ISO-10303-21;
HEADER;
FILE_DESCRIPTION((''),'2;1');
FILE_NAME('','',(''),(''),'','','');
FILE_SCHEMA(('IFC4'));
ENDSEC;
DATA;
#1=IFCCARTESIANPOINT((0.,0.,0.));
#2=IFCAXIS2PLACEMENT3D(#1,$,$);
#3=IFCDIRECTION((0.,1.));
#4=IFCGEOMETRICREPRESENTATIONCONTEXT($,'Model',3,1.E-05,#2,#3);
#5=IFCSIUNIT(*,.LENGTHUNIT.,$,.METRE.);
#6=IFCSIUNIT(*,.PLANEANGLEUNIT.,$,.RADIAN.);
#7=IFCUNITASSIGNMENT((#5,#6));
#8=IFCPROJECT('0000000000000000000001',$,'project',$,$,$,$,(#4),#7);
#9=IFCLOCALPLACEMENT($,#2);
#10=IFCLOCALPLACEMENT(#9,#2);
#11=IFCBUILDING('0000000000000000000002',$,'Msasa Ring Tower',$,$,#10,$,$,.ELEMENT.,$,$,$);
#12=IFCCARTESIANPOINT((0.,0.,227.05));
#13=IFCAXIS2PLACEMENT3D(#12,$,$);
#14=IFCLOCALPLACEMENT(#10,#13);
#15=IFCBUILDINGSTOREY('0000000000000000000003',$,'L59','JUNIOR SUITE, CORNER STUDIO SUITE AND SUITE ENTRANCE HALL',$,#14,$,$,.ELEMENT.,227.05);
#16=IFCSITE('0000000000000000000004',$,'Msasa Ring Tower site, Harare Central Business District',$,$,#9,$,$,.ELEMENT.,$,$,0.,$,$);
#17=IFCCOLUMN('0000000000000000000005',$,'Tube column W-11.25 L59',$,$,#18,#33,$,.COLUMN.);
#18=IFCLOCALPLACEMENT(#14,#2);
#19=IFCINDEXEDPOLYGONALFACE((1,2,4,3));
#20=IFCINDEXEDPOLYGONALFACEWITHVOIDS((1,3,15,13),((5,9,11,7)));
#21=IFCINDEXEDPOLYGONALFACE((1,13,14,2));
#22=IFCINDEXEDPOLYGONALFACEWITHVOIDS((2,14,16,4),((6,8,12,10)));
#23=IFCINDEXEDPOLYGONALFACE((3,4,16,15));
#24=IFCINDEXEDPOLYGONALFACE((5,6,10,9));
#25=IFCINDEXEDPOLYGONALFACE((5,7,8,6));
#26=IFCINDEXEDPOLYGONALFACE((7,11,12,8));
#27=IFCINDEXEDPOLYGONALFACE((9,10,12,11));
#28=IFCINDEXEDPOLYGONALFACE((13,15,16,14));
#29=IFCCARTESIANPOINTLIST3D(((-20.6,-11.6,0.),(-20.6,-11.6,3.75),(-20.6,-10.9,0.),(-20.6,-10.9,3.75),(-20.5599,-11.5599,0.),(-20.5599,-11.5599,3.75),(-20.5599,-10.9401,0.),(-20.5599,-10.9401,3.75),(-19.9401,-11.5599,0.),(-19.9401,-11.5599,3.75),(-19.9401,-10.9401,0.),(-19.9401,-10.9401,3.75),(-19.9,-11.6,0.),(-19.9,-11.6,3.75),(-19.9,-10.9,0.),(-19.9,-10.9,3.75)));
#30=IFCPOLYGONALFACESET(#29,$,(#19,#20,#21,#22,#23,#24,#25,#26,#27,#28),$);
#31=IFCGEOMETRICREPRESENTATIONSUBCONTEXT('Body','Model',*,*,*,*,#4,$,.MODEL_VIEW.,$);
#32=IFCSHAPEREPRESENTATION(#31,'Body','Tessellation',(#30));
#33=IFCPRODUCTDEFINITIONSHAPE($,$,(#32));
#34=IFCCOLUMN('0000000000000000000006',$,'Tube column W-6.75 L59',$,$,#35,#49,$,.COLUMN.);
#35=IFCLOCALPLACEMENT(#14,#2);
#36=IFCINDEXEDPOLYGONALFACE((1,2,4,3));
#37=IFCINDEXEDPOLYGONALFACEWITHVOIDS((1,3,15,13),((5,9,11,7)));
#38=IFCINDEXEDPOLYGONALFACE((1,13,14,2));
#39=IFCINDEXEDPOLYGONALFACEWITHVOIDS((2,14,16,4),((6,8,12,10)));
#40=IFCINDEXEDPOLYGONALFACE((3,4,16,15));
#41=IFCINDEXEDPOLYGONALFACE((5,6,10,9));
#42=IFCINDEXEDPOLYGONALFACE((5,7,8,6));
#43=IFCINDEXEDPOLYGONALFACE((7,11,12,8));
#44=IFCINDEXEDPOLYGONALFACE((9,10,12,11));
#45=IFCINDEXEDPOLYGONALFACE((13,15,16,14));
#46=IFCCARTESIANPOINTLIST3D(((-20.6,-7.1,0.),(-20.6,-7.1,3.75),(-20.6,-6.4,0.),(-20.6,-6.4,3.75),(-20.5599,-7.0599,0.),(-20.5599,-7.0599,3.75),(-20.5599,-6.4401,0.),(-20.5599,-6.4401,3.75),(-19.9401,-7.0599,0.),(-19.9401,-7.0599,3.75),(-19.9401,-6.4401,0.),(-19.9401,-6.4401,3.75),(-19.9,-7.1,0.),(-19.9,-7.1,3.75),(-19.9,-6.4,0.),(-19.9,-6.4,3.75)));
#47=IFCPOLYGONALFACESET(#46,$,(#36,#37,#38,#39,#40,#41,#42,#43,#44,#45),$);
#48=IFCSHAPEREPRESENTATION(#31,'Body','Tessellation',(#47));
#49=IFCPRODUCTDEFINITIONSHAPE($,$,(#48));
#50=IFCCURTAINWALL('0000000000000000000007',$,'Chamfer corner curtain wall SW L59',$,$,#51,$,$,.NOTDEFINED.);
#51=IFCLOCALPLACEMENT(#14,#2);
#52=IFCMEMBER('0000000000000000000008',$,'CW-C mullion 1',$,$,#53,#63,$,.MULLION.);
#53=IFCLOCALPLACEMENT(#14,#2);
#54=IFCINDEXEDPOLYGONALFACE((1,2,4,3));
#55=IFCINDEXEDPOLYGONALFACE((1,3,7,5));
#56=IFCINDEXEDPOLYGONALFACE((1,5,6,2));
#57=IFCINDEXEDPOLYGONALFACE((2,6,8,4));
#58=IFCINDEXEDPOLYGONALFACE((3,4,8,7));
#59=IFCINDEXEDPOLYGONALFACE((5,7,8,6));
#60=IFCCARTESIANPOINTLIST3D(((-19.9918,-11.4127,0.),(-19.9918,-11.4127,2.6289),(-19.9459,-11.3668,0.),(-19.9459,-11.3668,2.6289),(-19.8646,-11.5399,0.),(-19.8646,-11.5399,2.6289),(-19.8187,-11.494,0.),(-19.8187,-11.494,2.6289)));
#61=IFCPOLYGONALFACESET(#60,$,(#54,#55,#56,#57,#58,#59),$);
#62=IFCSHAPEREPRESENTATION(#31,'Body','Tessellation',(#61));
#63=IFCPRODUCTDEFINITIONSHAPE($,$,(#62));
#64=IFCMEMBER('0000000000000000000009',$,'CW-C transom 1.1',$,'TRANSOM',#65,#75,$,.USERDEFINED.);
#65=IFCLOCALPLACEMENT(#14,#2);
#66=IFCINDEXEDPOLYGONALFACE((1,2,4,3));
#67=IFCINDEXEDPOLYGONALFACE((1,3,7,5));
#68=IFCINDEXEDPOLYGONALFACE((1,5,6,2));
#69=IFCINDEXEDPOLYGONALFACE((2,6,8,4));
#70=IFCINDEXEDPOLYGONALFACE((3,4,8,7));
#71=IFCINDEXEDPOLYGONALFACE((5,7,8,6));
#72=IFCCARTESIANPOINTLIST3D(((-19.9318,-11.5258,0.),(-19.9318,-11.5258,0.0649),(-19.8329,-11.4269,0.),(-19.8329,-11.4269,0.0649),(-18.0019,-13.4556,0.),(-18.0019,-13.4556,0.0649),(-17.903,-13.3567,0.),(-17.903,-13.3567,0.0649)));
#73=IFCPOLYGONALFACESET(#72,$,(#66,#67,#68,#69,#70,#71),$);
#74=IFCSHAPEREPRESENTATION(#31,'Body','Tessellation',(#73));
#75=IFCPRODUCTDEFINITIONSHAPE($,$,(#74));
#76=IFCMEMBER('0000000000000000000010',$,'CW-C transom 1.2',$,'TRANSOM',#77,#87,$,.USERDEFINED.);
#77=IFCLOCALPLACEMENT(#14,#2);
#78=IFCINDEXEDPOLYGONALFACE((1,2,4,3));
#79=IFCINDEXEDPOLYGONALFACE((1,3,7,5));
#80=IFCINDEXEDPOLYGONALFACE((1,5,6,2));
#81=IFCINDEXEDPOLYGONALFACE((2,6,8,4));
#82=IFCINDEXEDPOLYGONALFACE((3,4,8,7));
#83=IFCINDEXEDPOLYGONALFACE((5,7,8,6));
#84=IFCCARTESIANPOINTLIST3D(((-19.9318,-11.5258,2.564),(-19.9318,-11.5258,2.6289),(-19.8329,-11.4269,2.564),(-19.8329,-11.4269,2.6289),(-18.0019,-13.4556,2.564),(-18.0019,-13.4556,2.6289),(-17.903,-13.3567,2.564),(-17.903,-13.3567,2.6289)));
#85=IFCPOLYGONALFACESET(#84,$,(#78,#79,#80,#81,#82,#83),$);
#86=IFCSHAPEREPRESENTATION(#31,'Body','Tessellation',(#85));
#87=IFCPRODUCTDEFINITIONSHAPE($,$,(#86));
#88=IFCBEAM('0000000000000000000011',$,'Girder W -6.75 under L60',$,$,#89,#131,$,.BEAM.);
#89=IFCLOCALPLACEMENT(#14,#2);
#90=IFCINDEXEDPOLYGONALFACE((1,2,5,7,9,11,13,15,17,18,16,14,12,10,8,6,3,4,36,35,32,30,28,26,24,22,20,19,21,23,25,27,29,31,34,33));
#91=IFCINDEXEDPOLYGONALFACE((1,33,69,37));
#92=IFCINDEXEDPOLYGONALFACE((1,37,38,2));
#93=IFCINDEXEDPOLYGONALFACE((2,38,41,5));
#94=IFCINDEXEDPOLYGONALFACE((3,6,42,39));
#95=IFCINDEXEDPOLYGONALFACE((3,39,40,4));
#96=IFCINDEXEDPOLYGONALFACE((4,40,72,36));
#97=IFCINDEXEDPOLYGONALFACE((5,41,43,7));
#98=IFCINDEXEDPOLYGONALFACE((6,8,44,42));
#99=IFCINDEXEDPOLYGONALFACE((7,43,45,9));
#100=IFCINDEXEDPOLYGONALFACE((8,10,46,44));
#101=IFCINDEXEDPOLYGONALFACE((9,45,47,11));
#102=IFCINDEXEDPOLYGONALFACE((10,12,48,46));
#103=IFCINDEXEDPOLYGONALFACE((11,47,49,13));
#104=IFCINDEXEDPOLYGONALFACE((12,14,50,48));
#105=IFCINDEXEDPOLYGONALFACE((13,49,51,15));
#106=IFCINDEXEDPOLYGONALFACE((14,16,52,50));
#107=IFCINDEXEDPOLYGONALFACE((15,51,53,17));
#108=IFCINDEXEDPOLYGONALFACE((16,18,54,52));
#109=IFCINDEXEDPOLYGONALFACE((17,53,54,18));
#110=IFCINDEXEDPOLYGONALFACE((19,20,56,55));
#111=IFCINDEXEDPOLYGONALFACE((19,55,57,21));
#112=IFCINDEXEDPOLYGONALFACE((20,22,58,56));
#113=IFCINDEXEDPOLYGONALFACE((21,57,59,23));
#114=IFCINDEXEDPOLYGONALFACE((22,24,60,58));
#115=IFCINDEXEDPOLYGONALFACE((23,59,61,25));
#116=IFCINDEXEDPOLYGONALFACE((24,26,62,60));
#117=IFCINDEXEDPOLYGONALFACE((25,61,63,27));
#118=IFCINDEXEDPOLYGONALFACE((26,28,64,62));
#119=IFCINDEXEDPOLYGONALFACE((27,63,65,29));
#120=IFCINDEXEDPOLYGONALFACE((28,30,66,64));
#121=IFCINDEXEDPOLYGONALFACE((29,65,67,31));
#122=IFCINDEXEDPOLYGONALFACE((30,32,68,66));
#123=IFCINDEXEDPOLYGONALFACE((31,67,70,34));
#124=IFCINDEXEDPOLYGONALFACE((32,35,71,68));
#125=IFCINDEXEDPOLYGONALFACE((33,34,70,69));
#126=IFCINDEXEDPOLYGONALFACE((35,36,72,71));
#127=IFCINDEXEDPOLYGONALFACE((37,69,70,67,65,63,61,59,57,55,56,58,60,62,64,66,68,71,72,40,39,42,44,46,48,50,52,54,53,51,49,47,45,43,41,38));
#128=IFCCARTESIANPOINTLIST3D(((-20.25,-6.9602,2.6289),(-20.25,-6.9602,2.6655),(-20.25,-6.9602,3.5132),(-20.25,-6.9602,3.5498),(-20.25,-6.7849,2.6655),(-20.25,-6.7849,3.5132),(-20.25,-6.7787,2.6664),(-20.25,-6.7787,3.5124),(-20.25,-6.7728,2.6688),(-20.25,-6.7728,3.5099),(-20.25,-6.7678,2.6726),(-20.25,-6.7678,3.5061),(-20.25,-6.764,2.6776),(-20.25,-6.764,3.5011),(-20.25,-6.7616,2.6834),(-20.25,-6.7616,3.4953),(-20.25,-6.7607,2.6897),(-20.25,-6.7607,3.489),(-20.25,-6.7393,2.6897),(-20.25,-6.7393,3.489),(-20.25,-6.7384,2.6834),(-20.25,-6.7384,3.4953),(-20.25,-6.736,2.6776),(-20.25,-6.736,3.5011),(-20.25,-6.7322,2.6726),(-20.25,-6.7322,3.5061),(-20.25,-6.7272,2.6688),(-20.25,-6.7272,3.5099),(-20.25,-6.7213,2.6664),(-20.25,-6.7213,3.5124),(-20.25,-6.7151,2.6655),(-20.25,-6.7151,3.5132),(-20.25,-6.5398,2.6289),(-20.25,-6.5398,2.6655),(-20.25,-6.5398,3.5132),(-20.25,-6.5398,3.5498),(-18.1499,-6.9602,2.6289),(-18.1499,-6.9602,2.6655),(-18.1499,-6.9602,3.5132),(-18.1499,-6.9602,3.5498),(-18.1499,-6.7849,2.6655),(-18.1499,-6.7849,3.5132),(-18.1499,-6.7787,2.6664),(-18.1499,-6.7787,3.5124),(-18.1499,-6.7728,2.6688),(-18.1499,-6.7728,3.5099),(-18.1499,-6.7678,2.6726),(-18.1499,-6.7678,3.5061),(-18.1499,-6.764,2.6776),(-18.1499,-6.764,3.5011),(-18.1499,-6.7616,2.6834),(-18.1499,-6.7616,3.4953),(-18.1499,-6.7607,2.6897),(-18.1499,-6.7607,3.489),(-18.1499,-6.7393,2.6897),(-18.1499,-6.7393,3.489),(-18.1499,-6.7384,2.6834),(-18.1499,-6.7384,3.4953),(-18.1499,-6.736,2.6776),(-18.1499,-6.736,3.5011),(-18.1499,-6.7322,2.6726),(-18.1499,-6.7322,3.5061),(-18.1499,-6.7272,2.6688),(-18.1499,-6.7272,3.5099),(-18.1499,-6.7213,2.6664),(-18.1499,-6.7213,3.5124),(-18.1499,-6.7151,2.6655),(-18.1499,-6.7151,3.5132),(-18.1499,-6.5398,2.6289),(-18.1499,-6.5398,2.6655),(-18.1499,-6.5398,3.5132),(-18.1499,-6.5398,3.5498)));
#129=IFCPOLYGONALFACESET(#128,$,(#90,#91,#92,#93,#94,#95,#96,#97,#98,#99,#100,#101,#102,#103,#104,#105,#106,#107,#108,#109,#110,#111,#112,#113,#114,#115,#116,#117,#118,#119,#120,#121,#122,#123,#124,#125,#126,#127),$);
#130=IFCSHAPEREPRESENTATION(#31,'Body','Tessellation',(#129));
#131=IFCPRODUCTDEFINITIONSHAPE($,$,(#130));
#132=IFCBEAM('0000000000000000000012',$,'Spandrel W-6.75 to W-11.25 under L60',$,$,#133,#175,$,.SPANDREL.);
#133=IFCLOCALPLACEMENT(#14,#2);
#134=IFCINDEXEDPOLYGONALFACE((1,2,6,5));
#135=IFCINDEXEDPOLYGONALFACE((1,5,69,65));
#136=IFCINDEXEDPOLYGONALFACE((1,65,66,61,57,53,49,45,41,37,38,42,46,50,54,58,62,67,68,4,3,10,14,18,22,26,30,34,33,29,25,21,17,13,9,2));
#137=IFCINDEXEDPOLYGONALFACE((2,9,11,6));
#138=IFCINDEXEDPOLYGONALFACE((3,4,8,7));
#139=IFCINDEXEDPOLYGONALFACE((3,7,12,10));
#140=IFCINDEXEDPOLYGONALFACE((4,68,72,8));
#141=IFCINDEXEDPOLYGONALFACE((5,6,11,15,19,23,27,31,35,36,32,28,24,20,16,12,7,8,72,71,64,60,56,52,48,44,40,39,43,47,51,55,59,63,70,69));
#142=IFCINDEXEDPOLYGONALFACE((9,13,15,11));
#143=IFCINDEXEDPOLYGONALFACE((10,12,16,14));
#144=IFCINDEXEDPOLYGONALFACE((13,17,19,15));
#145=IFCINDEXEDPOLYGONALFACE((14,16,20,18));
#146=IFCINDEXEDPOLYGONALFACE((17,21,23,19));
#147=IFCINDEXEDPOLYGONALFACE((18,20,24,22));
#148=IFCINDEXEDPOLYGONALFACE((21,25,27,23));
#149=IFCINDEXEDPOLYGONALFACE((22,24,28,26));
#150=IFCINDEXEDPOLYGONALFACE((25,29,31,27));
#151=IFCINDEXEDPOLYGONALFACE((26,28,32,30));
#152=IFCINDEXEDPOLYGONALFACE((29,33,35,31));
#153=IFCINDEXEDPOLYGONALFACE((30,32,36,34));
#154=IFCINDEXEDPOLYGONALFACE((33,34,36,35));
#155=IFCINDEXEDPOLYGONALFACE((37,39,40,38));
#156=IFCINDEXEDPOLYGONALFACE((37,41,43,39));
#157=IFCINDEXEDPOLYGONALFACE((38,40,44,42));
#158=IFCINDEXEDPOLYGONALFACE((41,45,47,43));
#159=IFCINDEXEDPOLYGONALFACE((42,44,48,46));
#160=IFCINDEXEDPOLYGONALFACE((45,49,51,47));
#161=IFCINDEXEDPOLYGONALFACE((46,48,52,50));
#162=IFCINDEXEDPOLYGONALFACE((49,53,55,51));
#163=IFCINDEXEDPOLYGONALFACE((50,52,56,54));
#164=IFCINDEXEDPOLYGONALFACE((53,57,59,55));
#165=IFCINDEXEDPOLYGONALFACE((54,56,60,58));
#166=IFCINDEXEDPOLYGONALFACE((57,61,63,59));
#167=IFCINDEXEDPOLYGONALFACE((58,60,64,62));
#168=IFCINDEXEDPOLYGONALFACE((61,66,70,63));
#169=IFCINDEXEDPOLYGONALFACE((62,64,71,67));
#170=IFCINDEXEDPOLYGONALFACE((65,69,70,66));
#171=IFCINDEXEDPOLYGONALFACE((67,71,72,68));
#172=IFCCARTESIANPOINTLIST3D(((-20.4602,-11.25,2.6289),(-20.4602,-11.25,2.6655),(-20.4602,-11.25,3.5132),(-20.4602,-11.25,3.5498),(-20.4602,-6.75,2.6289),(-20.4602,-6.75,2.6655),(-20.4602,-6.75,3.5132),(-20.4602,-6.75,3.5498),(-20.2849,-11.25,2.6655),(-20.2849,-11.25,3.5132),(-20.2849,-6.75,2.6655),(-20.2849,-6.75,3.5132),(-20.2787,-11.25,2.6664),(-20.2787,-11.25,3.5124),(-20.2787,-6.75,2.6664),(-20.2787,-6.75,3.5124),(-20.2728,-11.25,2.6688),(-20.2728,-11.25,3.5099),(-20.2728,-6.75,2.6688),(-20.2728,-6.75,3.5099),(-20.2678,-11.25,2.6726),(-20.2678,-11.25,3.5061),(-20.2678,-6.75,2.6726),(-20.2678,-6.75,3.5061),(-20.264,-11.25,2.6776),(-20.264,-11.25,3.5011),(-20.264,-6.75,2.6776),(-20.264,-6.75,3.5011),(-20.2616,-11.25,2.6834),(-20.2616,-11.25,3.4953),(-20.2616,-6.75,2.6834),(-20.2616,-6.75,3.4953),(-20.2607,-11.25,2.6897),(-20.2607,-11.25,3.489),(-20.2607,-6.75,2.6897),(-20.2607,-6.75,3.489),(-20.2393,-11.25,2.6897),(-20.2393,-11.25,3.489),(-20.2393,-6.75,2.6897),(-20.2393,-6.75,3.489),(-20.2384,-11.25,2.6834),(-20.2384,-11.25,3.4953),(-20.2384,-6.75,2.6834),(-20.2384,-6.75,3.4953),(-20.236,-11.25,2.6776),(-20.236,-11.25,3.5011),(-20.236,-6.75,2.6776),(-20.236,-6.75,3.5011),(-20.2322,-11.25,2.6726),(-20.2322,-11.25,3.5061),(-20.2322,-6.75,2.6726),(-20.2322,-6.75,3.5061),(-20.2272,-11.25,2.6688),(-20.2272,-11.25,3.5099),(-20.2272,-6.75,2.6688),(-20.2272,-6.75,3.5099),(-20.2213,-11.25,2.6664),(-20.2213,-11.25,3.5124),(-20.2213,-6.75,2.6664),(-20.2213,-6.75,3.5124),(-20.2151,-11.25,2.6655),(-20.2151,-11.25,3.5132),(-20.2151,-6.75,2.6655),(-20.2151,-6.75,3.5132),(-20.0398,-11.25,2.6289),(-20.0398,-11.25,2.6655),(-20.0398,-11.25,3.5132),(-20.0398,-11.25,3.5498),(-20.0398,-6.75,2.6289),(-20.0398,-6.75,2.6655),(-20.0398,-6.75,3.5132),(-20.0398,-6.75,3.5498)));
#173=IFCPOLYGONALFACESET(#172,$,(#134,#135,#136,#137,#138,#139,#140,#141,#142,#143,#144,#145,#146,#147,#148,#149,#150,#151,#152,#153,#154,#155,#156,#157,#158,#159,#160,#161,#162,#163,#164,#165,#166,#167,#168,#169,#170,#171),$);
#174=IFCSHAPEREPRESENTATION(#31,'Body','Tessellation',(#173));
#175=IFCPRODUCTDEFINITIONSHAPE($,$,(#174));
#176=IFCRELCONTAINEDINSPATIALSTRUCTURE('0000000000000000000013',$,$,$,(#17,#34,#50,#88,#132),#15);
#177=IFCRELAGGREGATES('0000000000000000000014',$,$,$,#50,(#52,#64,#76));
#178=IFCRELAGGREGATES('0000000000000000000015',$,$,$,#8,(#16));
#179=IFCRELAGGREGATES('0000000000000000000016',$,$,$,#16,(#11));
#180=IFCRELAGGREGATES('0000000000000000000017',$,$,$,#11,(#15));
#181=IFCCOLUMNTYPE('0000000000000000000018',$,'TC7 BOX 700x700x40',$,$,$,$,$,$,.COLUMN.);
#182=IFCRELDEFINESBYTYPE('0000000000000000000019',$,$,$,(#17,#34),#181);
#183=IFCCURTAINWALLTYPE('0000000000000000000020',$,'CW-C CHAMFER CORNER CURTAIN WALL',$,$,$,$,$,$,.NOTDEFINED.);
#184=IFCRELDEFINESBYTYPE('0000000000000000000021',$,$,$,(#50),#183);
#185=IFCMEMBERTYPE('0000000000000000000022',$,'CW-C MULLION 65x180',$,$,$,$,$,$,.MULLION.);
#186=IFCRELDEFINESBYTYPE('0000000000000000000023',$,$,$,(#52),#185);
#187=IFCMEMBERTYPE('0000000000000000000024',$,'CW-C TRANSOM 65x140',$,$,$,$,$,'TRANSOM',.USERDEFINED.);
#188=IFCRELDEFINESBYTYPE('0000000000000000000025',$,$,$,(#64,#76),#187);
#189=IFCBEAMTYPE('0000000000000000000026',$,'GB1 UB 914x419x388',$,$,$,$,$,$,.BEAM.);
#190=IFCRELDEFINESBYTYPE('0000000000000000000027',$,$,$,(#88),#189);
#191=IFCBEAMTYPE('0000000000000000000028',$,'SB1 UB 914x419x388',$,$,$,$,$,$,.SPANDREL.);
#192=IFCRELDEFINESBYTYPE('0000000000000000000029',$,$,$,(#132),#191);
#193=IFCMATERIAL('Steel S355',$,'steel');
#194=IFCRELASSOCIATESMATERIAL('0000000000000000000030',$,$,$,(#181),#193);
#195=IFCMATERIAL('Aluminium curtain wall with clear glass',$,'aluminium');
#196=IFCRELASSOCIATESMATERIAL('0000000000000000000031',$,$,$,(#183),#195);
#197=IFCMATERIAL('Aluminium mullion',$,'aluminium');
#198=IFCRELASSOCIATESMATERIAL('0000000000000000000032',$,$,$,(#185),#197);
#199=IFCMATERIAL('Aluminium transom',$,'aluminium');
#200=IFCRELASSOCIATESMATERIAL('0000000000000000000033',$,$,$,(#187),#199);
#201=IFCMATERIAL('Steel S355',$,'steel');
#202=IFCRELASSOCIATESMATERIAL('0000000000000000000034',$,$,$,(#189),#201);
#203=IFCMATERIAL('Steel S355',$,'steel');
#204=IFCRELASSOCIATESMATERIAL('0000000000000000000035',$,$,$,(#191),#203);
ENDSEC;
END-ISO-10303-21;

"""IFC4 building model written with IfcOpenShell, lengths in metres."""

from ifc_helpers import new_model, si_unit, direction, frame, origin, origin_2d, place, context, subcontext, project, spatial, rectangle, hollow_rectangle, i_section, extrude, material, material_profile, profile_set, type_object, element, aggregate, save


model = new_model("IFC4")

# Units and contexts
model_context = context("Model", 3, precision=1e-05, world=origin(), true_north=direction((0.0, 1.0)))
body_context = subcontext(model_context, "Body", "Model", "MODEL_VIEW")
ifc_project = project(units=[si_unit("LENGTHUNIT", "METRE"), si_unit("PLANEANGLEUNIT", "RADIAN")], contexts=[model_context])

# Site, building, storey
site_placement = place(None, origin())
site = spatial("IfcSite", under=ifc_project, at=site_placement, Name="Msasa Ring Tower site, Harare Central Business District", CompositionType="ELEMENT", RefElevation=0.0)
building_placement = place(site_placement, origin())
building = spatial("IfcBuilding", under=site, at=building_placement, Name="Msasa Ring Tower", CompositionType="ELEMENT")
storey_placement = place(building_placement, frame((0.0, 0.0, 227.05)))
storey = spatial("IfcBuildingStorey", under=building, at=storey_placement, Name="L59", Description="JUNIOR SUITE, CORNER STUDIO SUITE AND SUITE ENTRANCE HALL", CompositionType="ELEMENT", Elevation=227.05)

# Columns
ifc_material_1 = material(Name="Steel S355", Category="steel")
ifc_material_profile_1 = material_profile(ifc_material_1, hollow_rectangle(XDim=0.7, YDim=0.7, WallThickness=0.04, at=origin_2d()), Name="BOX 700x700x40")
ifc_profile_set_1 = profile_set([ifc_material_profile_1], Name="Steel S355")
column_type = type_object("IfcColumnType", Name="TC7 BOX 700x700x40", PredefinedType="COLUMN", material=ifc_profile_set_1)
for number, where, z_axis, x_axis, name in (
    (1, (-20.25, -11.25, 0.0), (0.0, 0.0, 1.0), (1.0, 0.0, 0.0), "Tube column W-11.25 L59"),
    (2, (-20.25, -6.75, 0.0), (0.0, 0.0, 1.0), (1.0, 0.0, 0.0), "Tube column W-6.75 L59"),
):
    element("IfcColumn", number, at=place(storey_placement, frame(where, z_axis=z_axis, x_axis=x_axis)), inside=storey, type_object=column_type, Name=name, PredefinedType="COLUMN", context=body_context, shape_type="SweptSolid", body=[
        extrude(hollow_rectangle(XDim=0.7, YDim=0.7, WallThickness=0.04, at=origin_2d()), origin(), (0.0, 0.0, 1.0), 3.75),
    ])

# Curtain wall, members
ifc_material_2 = material(Name="Aluminium curtain wall with clear glass", Category="aluminium")
curtain_wall_type = type_object("IfcCurtainWallType", Name="CW-C CHAMFER CORNER CURTAIN WALL", PredefinedType="NOTDEFINED", material=ifc_material_2)
curtain_wall_placement = place(storey_placement, origin())
curtain_wall = element("IfcCurtainWall", 3, at=curtain_wall_placement, inside=storey, type_object=curtain_wall_type, Name="Chamfer corner curtain wall SW L59", PredefinedType="NOTDEFINED")
ifc_material_3 = material(Name="Aluminium mullion", Category="aluminium")
ifc_material_profile_2 = material_profile(ifc_material_3, rectangle(XDim=0.0649, YDim=0.1799, at=origin_2d()), Name="AL 65x180")
ifc_profile_set_2 = profile_set([ifc_material_profile_2], Name="Aluminium mullion")
member_type_1 = type_object("IfcMemberType", Name="CW-C MULLION 65x180", PredefinedType="MULLION", material=ifc_profile_set_2)
member_1_placement = place(storey_placement, frame((-19.9053, -11.4534, 0.0), z_axis=(0.0, 0.0, 1.0), x_axis=(0.707107, 0.707107, 0.0)))
member_1 = element("IfcMember", 4, at=member_1_placement, type_object=member_type_1, Name="CW-C mullion 1", PredefinedType="MULLION", context=body_context, shape_type="SweptSolid", body=[
    extrude(rectangle(XDim=0.0649, YDim=0.1799, at=origin_2d()), origin(), (0.0, 0.0, 1.0), 2.6289),
])
ifc_material_4 = material(Name="Aluminium transom", Category="aluminium")
ifc_material_profile_3 = material_profile(ifc_material_4, rectangle(XDim=0.1399, YDim=0.0649, at=origin_2d()), Name="AL 65x140")
ifc_profile_set_3 = profile_set([ifc_material_profile_3], Name="Aluminium transom")
member_type_2 = type_object("IfcMemberType", Name="CW-C TRANSOM 65x140", ElementType="TRANSOM", PredefinedType="USERDEFINED", material=ifc_profile_set_3)
member_2_placement = place(storey_placement, frame((-19.8823, -11.4763, 0.0325), z_axis=(0.707107, -0.707107, 0.0), x_axis=(0.707107, 0.707107, 0.0)))
member_2 = element("IfcMember", 5, at=member_2_placement, type_object=member_type_2, Name="CW-C transom 1.1", ObjectType="TRANSOM", PredefinedType="USERDEFINED", context=body_context, shape_type="SweptSolid", body=[
    extrude(rectangle(XDim=0.1399, YDim=0.0649, at=origin_2d()), origin(), (0.0, 0.0, 1.0), 2.7292),
])
member_3_placement = place(storey_placement, frame((-19.8823, -11.4763, 2.5964), z_axis=(0.707107, -0.707107, 0.0), x_axis=(0.707107, 0.707107, 0.0)))
member_3 = element("IfcMember", 6, at=member_3_placement, type_object=member_type_2, Name="CW-C transom 1.2", ObjectType="TRANSOM", PredefinedType="USERDEFINED", context=body_context, shape_type="SweptSolid", body=[
    extrude(rectangle(XDim=0.1399, YDim=0.0649, at=origin_2d()), origin(), (0.0, 0.0, 1.0), 2.7292),
])
aggregate(curtain_wall, [member_1, member_2, member_3])

# Beams
ifc_material_5 = material(Name="Steel S355", Category="steel")
ifc_material_profile_4 = material_profile(ifc_material_5, i_section(OverallWidth=0.4204, OverallDepth=0.9209, WebThickness=0.0215, FlangeThickness=0.0366, FilletRadius=0.0242, at=origin_2d()), Name="UB 914x419x388")
ifc_profile_set_4 = profile_set([ifc_material_profile_4], Name="Steel S355")
beam_type_1 = type_object("IfcBeamType", Name="GB1 UB 914x419x388", PredefinedType="BEAM", material=ifc_profile_set_4)
beam_1_placement = place(storey_placement, frame((-18.1499, -6.75, 3.0894), z_axis=(-1.0, 0.0, 0.0), x_axis=(0.0, -1.0, 0.0)))
element("IfcBeam", 7, at=beam_1_placement, inside=storey, type_object=beam_type_1, Name="Girder W -6.75 under L60", PredefinedType="BEAM", context=body_context, shape_type="SweptSolid", body=[
    extrude(i_section(OverallWidth=0.4204, OverallDepth=0.9209, WebThickness=0.0215, FlangeThickness=0.0366, FilletRadius=0.0242, at=origin_2d()), origin(), (0.0, 0.0, 1.0), 2.1001),
])
ifc_material_6 = material(Name="Steel S355", Category="steel")
ifc_material_profile_5 = material_profile(ifc_material_6, i_section(OverallWidth=0.4204, OverallDepth=0.9209, WebThickness=0.0215, FlangeThickness=0.0366, FilletRadius=0.0242, at=origin_2d()), Name="UB 914x419x388")
ifc_profile_set_5 = profile_set([ifc_material_profile_5], Name="Steel S355")
beam_type_2 = type_object("IfcBeamType", Name="SB1 UB 914x419x388", PredefinedType="SPANDREL", material=ifc_profile_set_5)
beam_2_placement = place(storey_placement, frame((-20.25, -6.75, 3.0894), z_axis=(0.0, -1.0, 0.0), x_axis=(1.0, 0.0, 0.0)))
element("IfcBeam", 8, at=beam_2_placement, inside=storey, type_object=beam_type_2, Name="Spandrel W-6.75 to W-11.25 under L60", PredefinedType="SPANDREL", context=body_context, shape_type="SweptSolid", body=[
    extrude(i_section(OverallWidth=0.4204, OverallDepth=0.9209, WebThickness=0.0215, FlangeThickness=0.0366, FilletRadius=0.0242, at=origin_2d()), origin(), (0.0, 0.0, 1.0), 4.5),
])

save(model, "model.ifc")
